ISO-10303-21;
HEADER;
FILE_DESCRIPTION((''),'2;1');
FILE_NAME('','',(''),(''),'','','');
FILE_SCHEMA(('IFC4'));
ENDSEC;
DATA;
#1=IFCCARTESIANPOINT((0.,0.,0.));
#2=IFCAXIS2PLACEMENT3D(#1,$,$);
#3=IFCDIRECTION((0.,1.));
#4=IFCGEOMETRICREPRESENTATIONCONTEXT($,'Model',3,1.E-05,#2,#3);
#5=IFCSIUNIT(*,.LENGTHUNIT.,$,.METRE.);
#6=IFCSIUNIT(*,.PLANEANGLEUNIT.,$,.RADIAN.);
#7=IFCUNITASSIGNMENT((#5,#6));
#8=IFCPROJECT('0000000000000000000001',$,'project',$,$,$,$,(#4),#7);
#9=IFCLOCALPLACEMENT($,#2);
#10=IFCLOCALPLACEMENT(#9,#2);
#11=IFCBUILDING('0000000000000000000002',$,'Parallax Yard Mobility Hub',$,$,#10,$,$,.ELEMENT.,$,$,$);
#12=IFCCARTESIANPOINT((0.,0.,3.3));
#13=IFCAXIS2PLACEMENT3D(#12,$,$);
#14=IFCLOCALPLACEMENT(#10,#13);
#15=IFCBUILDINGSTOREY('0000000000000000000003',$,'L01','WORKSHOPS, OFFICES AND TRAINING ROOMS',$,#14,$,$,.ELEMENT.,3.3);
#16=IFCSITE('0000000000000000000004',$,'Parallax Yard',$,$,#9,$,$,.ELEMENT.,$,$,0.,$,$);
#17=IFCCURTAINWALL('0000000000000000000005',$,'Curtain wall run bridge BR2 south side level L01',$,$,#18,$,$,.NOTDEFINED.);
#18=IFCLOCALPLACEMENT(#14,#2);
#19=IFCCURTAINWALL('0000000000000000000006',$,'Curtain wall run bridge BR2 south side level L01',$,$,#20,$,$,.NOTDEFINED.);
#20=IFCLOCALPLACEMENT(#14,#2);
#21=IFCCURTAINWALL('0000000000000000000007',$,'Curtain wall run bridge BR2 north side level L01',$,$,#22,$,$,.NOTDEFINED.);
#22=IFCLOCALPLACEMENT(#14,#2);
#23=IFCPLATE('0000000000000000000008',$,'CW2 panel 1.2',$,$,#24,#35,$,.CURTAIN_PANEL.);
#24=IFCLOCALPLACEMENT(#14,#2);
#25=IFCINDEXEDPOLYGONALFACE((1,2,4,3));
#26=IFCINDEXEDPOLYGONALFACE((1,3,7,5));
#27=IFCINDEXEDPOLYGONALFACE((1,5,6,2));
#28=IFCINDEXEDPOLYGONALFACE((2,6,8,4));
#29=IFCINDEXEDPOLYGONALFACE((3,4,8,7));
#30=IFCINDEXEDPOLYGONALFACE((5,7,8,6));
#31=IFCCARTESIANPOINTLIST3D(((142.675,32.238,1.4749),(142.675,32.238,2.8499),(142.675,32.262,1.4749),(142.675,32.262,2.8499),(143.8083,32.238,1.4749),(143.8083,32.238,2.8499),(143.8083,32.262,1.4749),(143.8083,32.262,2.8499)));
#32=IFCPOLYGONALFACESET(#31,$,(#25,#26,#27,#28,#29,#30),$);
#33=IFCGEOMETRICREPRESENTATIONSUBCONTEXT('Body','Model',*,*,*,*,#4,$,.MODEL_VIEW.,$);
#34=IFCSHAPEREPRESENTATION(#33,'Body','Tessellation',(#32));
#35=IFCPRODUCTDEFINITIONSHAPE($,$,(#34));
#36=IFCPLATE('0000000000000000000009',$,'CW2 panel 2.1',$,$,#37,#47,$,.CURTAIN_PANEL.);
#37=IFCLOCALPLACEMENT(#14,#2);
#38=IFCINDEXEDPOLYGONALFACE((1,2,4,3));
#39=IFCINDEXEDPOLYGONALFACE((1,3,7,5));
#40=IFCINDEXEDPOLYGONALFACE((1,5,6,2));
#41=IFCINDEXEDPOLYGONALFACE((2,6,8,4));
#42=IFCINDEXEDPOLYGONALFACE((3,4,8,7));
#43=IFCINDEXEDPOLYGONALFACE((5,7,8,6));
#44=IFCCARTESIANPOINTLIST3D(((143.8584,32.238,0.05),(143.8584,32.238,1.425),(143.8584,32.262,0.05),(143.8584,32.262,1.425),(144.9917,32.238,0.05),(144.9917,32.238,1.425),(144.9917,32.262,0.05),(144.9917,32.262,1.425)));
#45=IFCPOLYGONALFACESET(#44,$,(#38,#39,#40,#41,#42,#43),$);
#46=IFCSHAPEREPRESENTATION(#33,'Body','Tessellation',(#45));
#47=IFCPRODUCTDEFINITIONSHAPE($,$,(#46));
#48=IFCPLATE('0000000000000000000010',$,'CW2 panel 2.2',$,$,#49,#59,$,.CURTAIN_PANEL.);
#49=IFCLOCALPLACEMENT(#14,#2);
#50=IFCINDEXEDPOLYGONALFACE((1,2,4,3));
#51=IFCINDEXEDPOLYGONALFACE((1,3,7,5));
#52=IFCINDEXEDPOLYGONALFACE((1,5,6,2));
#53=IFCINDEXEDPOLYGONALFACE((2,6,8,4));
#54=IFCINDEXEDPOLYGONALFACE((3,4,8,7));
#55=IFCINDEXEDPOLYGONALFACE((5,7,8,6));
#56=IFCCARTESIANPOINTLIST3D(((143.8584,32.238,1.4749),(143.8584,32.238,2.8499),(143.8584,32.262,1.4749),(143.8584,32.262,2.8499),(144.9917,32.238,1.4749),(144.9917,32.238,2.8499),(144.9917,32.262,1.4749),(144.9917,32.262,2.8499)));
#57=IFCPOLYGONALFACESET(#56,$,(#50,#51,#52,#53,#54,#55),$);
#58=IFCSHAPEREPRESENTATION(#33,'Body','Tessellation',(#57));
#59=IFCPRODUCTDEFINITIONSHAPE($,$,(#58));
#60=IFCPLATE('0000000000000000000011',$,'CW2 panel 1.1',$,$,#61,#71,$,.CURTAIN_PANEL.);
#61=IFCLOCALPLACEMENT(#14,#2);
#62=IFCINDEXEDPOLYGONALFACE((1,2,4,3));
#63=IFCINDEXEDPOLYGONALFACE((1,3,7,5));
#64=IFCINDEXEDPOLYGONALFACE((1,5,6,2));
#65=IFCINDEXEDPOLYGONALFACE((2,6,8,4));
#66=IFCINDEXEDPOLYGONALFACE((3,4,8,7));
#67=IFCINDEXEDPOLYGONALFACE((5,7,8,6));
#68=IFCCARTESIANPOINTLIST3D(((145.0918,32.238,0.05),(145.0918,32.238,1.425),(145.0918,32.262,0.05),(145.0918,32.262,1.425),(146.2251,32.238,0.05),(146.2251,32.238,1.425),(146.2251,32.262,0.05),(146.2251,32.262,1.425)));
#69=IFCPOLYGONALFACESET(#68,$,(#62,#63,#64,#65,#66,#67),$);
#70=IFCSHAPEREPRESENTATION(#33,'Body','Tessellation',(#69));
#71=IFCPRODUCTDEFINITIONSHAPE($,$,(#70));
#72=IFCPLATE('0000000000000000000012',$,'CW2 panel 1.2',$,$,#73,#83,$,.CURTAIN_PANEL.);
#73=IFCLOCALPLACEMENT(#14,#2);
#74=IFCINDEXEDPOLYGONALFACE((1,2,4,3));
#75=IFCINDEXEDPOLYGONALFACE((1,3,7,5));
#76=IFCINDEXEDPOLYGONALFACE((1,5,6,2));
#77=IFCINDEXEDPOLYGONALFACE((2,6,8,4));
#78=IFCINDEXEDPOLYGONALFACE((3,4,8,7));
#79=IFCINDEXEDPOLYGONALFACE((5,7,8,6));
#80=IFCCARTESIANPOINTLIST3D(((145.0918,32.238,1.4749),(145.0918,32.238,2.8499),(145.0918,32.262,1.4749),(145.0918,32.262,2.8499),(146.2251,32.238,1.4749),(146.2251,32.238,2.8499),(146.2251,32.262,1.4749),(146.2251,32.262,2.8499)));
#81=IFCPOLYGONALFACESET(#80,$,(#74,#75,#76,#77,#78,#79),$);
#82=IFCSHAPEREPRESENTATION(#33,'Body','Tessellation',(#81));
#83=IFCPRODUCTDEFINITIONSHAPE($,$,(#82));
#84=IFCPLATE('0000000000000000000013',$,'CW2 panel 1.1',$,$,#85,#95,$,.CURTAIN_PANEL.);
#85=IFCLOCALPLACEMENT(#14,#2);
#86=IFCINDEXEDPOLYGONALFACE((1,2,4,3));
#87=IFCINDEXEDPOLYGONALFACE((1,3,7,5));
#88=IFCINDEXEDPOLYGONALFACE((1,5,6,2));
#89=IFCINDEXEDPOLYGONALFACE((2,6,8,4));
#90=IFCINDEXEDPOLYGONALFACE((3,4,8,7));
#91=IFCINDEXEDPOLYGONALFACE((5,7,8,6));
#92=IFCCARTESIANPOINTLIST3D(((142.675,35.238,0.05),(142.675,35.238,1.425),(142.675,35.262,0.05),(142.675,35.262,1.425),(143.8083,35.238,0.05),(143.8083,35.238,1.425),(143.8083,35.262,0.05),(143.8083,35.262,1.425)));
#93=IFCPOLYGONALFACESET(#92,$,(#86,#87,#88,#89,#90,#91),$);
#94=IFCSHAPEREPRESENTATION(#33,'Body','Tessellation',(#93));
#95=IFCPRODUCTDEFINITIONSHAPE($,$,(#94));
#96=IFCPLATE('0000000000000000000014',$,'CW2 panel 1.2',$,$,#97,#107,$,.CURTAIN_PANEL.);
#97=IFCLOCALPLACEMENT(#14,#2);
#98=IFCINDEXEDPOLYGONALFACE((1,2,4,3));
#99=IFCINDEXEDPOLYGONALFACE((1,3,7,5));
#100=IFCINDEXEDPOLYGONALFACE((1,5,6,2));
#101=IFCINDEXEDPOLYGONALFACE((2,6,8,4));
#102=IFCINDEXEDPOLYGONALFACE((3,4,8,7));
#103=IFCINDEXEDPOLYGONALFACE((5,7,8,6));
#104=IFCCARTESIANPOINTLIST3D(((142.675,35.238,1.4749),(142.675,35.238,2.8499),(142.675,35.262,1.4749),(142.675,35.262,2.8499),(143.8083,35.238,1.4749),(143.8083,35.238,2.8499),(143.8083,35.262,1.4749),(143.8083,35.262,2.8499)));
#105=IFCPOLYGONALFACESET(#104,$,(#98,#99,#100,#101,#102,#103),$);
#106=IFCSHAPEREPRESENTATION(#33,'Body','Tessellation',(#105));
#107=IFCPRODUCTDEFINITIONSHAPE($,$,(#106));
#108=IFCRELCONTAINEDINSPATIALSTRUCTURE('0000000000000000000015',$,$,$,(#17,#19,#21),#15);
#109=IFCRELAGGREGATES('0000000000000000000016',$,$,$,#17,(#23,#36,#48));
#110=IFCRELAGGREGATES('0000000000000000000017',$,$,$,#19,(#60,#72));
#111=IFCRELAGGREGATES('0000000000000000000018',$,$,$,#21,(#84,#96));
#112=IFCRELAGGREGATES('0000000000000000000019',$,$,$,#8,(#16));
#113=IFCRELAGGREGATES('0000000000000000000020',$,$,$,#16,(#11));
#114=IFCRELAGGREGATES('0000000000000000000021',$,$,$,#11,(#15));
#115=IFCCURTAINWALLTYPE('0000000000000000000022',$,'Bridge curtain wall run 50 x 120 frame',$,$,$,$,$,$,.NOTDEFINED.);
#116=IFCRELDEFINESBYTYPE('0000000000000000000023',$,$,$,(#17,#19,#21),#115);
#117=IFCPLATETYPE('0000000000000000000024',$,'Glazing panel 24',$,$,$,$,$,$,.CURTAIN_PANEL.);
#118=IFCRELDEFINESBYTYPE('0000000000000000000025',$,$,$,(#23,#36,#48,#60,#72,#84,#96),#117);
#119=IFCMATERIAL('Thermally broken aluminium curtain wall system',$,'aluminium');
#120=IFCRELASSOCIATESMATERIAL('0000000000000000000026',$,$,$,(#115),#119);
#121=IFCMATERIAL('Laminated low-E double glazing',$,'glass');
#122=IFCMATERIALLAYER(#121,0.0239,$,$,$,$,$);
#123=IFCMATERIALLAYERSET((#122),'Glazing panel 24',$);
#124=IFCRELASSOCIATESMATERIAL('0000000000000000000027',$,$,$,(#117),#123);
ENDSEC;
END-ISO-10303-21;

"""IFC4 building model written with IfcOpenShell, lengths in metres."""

from ifc_helpers import new_model, si_unit, direction, frame, origin, origin_2d, place, context, subcontext, project, spatial, rectangle, extrude, material, layer, layer_set, type_object, element, aggregate, save


model = new_model("IFC4")

# Units and contexts
model_context = context("Model", 3, precision=1e-05, world=origin(), true_north=direction((0.0, 1.0)))
body_context = subcontext(model_context, "Body", "Model", "MODEL_VIEW")
ifc_project = project(units=[si_unit("LENGTHUNIT", "METRE"), si_unit("PLANEANGLEUNIT", "RADIAN")], contexts=[model_context])

# Site, building, storey
site_placement = place(None, origin())
site = spatial("IfcSite", under=ifc_project, at=site_placement, Name="Parallax Yard", CompositionType="ELEMENT", RefElevation=0.0)
building_placement = place(site_placement, origin())
building = spatial("IfcBuilding", under=site, at=building_placement, Name="Parallax Yard Mobility Hub", CompositionType="ELEMENT")
storey_placement = place(building_placement, frame((0.0, 0.0, 3.3)))
storey = spatial("IfcBuildingStorey", under=building, at=storey_placement, Name="L01", Description="WORKSHOPS, OFFICES AND TRAINING ROOMS", CompositionType="ELEMENT", Elevation=3.3)

# Curtain walls
ifc_material_1 = material(Name="Thermally broken aluminium curtain wall system", Category="aluminium")
curtain_wall_type = type_object("IfcCurtainWallType", Name="Bridge curtain wall run 50 x 120 frame", PredefinedType="NOTDEFINED", material=ifc_material_1)
curtain_wall_1_placement = place(storey_placement, origin())
curtain_wall_1 = element("IfcCurtainWall", 1, at=curtain_wall_1_placement, inside=storey, type_object=curtain_wall_type, Name="Curtain wall run bridge BR2 south side level L01", PredefinedType="NOTDEFINED")
curtain_wall_2_placement = place(storey_placement, origin())
curtain_wall_2 = element("IfcCurtainWall", 2, at=curtain_wall_2_placement, inside=storey, type_object=curtain_wall_type, Name="Curtain wall run bridge BR2 south side level L01", PredefinedType="NOTDEFINED")
curtain_wall_3_placement = place(storey_placement, origin())
curtain_wall_3 = element("IfcCurtainWall", 3, at=curtain_wall_3_placement, inside=storey, type_object=curtain_wall_type, Name="Curtain wall run bridge BR2 north side level L01", PredefinedType="NOTDEFINED")

# Plates
ifc_material_2 = material(Name="Laminated low-E double glazing", Category="glass")
ifc_layer = layer(ifc_material_2, 0.0239)
ifc_layer_set = layer_set([ifc_layer], Name="Glazing panel 24")
plate_type = type_object("IfcPlateType", Name="Glazing panel 24", PredefinedType="CURTAIN_PANEL", material=ifc_layer_set)
plate_1_placement = place(storey_placement, frame((143.2417, 32.25, 1.4749), z_axis=(0.0, 0.0, 1.0), x_axis=(1.0, 0.0, 0.0)))
plate_1 = element("IfcPlate", 4, at=plate_1_placement, type_object=plate_type, Name="CW2 panel 1.2", PredefinedType="CURTAIN_PANEL", context=body_context, shape_type="SweptSolid", body=[
    extrude(rectangle(XDim=1.1333, YDim=0.0239, at=origin_2d()), origin(), (0.0, 0.0, 1.0), 1.375),
])
plate_2_placement = place(storey_placement, frame((144.425, 32.25, 0.05), z_axis=(0.0, 0.0, 1.0), x_axis=(1.0, 0.0, 0.0)))
plate_2 = element("IfcPlate", 5, at=plate_2_placement, type_object=plate_type, Name="CW2 panel 2.1", PredefinedType="CURTAIN_PANEL", context=body_context, shape_type="SweptSolid", body=[
    extrude(rectangle(XDim=1.1333, YDim=0.0239, at=origin_2d()), origin(), (0.0, 0.0, 1.0), 1.375),
])
plate_3_placement = place(storey_placement, frame((144.425, 32.25, 1.4749), z_axis=(0.0, 0.0, 1.0), x_axis=(1.0, 0.0, 0.0)))
plate_3 = element("IfcPlate", 6, at=plate_3_placement, type_object=plate_type, Name="CW2 panel 2.2", PredefinedType="CURTAIN_PANEL", context=body_context, shape_type="SweptSolid", body=[
    extrude(rectangle(XDim=1.1333, YDim=0.0239, at=origin_2d()), origin(), (0.0, 0.0, 1.0), 1.375),
])
aggregate(curtain_wall_1, [plate_1, plate_2, plate_3])
plate_4_placement = place(storey_placement, frame((145.6584, 32.25, 0.05), z_axis=(0.0, 0.0, 1.0), x_axis=(1.0, 0.0, 0.0)))
plate_4 = element("IfcPlate", 7, at=plate_4_placement, type_object=plate_type, Name="CW2 panel 1.1", PredefinedType="CURTAIN_PANEL", context=body_context, shape_type="SweptSolid", body=[
    extrude(rectangle(XDim=1.1333, YDim=0.0239, at=origin_2d()), origin(), (0.0, 0.0, 1.0), 1.375),
])
plate_5_placement = place(storey_placement, frame((145.6584, 32.25, 1.4749), z_axis=(0.0, 0.0, 1.0), x_axis=(1.0, 0.0, 0.0)))
plate_5 = element("IfcPlate", 8, at=plate_5_placement, type_object=plate_type, Name="CW2 panel 1.2", PredefinedType="CURTAIN_PANEL", context=body_context, shape_type="SweptSolid", body=[
    extrude(rectangle(XDim=1.1333, YDim=0.0239, at=origin_2d()), origin(), (0.0, 0.0, 1.0), 1.375),
])
aggregate(curtain_wall_2, [plate_4, plate_5])
plate_6_placement = place(storey_placement, frame((143.2417, 35.25, 0.05), z_axis=(0.0, 0.0, 1.0), x_axis=(1.0, 0.0, 0.0)))
plate_6 = element("IfcPlate", 9, at=plate_6_placement, type_object=plate_type, Name="CW2 panel 1.1", PredefinedType="CURTAIN_PANEL", context=body_context, shape_type="SweptSolid", body=[
    extrude(rectangle(XDim=1.1333, YDim=0.0239, at=origin_2d()), origin(), (0.0, 0.0, 1.0), 1.375),
])
plate_7_placement = place(storey_placement, frame((143.2417, 35.25, 1.4749), z_axis=(0.0, 0.0, 1.0), x_axis=(1.0, 0.0, 0.0)))
plate_7 = element("IfcPlate", 10, at=plate_7_placement, type_object=plate_type, Name="CW2 panel 1.2", PredefinedType="CURTAIN_PANEL", context=body_context, shape_type="SweptSolid", body=[
    extrude(rectangle(XDim=1.1333, YDim=0.0239, at=origin_2d()), origin(), (0.0, 0.0, 1.0), 1.375),
])
aggregate(curtain_wall_3, [plate_6, plate_7])

save(model, "model.ifc")
